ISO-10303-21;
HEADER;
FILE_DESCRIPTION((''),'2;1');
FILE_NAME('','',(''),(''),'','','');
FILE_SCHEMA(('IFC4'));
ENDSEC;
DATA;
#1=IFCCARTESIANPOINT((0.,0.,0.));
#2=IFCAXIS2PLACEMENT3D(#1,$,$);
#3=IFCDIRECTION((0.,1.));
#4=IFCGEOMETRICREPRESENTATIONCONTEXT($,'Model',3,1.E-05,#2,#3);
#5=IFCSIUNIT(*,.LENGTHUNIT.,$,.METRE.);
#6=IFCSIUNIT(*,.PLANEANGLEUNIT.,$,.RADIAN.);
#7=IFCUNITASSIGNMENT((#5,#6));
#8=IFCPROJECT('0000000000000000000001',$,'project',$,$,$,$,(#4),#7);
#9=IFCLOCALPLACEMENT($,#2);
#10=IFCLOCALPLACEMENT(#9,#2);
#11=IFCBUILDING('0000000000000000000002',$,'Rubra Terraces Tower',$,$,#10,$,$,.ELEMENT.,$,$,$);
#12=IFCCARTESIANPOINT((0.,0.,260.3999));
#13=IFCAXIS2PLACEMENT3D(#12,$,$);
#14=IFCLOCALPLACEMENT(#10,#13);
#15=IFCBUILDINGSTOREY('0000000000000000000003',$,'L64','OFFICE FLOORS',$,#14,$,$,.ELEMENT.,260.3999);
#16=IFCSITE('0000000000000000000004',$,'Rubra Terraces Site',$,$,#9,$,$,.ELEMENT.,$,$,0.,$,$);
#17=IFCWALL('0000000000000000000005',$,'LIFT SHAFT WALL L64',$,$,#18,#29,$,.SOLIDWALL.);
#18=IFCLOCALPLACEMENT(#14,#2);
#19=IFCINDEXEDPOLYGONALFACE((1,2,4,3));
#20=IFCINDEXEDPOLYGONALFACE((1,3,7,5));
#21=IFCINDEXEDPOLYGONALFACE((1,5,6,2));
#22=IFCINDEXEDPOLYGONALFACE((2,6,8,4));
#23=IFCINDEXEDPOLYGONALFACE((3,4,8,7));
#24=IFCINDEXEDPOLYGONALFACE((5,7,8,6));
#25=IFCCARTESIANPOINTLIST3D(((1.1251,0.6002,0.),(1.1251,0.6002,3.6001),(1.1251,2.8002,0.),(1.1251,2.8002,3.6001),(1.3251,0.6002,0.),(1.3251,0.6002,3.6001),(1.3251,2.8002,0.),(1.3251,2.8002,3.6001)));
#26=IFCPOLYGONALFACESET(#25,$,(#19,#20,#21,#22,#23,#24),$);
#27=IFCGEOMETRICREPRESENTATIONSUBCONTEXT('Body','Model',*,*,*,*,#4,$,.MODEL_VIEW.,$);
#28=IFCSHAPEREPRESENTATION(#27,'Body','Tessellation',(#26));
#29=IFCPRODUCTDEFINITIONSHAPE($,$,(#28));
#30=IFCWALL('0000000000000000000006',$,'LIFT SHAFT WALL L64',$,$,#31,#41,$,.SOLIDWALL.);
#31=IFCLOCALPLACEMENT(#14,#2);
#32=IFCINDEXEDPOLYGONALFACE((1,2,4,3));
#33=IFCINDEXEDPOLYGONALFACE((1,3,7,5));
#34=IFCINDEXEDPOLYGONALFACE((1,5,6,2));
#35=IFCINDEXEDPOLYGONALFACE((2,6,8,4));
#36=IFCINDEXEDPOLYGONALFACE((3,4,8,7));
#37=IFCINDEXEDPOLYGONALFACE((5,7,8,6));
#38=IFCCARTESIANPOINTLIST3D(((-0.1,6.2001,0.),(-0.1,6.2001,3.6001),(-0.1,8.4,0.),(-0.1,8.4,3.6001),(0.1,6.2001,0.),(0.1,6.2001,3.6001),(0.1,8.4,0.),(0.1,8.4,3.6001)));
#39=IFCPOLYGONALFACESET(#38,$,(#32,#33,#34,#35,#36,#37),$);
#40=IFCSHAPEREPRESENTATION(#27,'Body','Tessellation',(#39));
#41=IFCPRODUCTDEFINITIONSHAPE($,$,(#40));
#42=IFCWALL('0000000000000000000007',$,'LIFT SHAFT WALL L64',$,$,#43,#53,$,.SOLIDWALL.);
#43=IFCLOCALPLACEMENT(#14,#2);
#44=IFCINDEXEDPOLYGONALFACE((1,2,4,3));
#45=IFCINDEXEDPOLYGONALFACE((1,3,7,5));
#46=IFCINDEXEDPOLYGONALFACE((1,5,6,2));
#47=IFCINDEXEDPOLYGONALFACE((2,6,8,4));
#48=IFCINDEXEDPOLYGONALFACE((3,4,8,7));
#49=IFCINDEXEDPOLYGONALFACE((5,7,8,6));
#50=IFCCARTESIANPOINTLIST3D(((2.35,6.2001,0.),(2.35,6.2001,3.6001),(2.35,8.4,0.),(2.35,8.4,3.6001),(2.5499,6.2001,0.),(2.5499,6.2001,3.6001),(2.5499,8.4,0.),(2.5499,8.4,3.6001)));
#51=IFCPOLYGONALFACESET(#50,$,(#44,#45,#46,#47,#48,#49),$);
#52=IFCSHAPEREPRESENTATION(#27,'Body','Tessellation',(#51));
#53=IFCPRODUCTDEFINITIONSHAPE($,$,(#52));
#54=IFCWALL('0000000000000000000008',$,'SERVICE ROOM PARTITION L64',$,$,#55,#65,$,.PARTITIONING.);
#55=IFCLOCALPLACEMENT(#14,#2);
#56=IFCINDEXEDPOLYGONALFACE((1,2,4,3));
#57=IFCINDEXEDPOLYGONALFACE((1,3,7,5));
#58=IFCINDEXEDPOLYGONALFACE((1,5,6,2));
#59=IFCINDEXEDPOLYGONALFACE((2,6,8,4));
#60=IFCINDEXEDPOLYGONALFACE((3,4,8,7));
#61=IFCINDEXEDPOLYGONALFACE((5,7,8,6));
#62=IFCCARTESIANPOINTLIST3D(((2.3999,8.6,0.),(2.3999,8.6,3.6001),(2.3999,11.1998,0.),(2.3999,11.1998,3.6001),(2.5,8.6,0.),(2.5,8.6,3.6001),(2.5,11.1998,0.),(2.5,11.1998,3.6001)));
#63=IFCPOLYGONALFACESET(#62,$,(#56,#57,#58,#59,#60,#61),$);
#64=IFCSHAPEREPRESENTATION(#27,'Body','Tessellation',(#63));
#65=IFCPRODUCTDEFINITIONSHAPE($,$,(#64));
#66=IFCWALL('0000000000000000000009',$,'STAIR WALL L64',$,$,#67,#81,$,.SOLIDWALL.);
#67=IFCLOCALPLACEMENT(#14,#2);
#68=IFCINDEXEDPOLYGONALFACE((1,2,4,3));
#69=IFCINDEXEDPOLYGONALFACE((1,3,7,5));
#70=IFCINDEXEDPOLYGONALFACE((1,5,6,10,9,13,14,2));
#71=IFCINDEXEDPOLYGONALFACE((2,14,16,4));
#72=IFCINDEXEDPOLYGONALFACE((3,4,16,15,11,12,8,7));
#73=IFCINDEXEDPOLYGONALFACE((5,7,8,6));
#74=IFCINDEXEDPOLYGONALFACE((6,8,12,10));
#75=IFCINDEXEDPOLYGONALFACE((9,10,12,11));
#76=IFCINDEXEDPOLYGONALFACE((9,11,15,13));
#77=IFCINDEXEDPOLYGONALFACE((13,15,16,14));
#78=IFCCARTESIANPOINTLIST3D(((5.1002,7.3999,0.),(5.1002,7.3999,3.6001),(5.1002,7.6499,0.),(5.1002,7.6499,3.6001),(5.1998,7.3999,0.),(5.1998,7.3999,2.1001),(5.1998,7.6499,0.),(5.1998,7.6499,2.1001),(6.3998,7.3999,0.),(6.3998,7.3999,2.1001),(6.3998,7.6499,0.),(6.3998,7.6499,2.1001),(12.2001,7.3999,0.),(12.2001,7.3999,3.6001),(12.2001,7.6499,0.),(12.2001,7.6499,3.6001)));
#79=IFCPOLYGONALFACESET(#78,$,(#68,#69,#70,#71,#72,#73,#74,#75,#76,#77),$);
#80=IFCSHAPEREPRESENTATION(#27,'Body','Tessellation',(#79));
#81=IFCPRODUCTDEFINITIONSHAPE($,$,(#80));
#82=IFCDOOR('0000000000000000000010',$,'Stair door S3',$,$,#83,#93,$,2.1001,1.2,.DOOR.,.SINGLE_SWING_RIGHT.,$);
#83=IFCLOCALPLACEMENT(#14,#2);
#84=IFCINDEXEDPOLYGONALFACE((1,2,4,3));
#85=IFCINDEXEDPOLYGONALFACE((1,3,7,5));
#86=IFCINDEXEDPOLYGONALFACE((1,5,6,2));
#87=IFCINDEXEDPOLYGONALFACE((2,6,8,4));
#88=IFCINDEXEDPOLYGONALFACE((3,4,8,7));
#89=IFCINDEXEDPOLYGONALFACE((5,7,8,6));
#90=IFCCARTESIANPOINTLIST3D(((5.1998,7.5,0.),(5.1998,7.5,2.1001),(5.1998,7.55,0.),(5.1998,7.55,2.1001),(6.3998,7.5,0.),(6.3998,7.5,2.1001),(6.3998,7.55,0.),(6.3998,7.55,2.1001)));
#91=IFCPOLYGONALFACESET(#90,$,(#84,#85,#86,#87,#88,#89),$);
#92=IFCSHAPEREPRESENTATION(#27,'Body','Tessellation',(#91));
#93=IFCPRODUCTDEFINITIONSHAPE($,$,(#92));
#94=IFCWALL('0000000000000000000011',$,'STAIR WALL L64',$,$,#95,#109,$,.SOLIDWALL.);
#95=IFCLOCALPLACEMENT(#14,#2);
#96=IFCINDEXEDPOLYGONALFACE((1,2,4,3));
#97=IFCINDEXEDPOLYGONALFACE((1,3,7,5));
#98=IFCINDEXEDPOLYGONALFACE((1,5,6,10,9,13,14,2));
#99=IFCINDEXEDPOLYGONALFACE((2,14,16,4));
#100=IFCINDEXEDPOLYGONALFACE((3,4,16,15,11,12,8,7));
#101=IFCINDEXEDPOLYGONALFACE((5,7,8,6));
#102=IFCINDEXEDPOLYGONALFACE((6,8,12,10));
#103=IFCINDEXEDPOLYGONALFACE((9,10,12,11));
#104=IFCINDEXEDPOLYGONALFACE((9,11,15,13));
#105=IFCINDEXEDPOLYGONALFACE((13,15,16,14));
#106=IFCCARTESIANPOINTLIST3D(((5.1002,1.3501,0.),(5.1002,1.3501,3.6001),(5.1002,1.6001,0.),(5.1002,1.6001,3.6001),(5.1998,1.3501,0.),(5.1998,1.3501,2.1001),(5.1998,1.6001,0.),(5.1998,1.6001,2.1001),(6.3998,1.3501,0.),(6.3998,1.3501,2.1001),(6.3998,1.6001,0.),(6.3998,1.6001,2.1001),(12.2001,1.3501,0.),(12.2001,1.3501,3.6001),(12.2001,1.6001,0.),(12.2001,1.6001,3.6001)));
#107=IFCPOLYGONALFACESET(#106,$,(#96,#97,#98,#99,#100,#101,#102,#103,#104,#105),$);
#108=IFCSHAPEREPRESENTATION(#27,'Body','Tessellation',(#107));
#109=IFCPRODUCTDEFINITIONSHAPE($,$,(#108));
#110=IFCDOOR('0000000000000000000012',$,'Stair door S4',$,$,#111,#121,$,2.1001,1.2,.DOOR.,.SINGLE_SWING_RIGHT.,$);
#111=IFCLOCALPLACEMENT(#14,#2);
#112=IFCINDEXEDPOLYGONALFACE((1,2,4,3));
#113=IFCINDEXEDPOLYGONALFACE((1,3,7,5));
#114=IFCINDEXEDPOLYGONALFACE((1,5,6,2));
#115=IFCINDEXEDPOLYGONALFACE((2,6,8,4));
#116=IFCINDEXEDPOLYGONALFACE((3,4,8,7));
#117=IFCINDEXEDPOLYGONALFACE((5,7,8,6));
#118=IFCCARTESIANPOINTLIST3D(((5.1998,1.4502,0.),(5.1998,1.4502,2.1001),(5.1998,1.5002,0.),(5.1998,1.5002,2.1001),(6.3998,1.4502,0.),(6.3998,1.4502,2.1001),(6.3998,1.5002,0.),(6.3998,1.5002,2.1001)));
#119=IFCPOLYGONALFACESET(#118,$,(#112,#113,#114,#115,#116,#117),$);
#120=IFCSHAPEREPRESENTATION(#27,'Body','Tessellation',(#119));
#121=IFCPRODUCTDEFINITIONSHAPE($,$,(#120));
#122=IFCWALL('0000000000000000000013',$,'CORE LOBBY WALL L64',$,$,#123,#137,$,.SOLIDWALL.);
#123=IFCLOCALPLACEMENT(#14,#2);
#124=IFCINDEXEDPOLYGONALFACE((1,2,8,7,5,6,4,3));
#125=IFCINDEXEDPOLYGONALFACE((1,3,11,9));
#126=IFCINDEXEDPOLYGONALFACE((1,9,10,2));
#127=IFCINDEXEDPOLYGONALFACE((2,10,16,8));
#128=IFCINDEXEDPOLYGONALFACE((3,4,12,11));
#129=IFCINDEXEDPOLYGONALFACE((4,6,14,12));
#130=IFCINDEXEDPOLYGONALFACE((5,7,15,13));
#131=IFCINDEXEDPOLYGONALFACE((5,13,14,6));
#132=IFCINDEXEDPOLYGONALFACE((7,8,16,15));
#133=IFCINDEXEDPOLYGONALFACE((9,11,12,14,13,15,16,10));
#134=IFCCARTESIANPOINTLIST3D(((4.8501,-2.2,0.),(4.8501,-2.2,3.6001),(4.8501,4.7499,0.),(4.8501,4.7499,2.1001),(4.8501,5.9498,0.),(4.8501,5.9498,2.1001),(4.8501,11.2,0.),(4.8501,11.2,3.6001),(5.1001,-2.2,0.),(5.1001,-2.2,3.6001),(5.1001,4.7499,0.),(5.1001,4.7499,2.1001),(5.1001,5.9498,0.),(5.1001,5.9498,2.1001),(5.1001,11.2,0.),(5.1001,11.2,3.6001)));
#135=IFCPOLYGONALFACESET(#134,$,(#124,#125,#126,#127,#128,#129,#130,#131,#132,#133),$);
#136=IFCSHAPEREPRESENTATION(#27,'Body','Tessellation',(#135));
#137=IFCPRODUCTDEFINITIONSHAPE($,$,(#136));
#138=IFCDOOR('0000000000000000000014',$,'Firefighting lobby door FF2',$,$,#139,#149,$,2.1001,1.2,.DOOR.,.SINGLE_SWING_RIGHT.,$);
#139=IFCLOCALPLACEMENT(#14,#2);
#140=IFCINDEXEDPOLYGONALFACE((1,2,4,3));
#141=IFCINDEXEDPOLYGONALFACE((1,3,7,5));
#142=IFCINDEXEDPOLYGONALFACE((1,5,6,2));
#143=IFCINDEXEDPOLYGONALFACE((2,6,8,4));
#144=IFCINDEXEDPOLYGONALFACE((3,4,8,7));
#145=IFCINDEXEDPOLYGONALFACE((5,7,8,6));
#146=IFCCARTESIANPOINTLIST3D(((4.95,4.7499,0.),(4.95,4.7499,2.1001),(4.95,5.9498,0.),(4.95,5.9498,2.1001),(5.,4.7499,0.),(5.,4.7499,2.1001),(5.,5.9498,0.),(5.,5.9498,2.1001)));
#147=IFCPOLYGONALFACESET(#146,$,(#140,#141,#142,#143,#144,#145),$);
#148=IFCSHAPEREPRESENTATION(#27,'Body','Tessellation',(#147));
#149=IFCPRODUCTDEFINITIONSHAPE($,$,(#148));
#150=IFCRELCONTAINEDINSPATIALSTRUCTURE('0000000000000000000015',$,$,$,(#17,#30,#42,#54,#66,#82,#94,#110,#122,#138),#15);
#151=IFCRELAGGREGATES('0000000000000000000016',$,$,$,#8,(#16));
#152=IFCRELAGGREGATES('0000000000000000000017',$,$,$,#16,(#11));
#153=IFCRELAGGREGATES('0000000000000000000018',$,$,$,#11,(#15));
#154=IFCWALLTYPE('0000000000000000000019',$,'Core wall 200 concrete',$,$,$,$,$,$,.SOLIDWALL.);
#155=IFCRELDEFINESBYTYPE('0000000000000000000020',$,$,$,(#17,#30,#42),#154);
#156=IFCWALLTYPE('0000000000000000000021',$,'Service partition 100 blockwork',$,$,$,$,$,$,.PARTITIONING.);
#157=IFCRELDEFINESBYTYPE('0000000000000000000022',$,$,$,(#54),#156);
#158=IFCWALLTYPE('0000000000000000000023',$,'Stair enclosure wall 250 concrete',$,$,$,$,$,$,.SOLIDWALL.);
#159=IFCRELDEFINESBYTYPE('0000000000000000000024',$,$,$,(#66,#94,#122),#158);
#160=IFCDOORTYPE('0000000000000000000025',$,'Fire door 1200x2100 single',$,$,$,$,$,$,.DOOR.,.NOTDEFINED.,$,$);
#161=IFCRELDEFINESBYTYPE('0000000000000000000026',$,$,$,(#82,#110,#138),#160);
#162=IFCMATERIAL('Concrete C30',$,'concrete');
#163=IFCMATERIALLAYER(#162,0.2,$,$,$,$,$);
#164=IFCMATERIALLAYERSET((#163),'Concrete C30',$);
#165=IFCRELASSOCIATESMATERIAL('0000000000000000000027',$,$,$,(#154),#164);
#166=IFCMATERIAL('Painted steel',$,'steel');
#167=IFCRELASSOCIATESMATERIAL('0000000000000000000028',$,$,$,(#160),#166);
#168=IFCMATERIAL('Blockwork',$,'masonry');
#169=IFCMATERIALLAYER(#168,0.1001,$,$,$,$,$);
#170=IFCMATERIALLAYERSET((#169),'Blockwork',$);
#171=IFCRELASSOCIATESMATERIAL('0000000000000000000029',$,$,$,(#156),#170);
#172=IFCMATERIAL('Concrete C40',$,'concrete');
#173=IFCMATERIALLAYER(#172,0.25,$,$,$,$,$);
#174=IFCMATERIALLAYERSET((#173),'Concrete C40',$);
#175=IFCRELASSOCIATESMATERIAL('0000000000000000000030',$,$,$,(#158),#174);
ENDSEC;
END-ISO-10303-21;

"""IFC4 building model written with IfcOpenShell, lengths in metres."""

from ifc_helpers import new_model, si_unit, direction, frame, frame_2d, origin, place, context, subcontext, project, spatial, rectangle, extrude, material, layer, layer_set, type_object, element, fill, save


model = new_model("IFC4")

# Units and contexts
model_context = context("Model", 3, precision=1e-05, world=origin(), true_north=direction((0.0, 1.0)))
body_context = subcontext(model_context, "Body", "Model", "MODEL_VIEW")
ifc_project = project(units=[si_unit("LENGTHUNIT", "METRE"), si_unit("PLANEANGLEUNIT", "RADIAN")], contexts=[model_context])

# Site, building, storey
site_placement = place(None, origin())
site = spatial("IfcSite", under=ifc_project, at=site_placement, Name="Rubra Terraces Site", CompositionType="ELEMENT", RefElevation=0.0)
building_placement = place(site_placement, origin())
building = spatial("IfcBuilding", under=site, at=building_placement, Name="Rubra Terraces Tower", CompositionType="ELEMENT")
storey_placement = place(building_placement, frame((0.0, 0.0, 260.3999)))
storey = spatial("IfcBuildingStorey", under=building, at=storey_placement, Name="L64", Description="OFFICE FLOORS", CompositionType="ELEMENT", Elevation=260.3999)

# Shared definitions
ifc_material_1 = material(Name="Concrete C40", Category="concrete")

# Shared definitions
ifc_material_2 = material(Name="Concrete C30", Category="concrete")
ifc_layer_1 = layer(ifc_material_2, 0.2)
ifc_layer_set_1 = layer_set([ifc_layer_1], Name="Concrete C30")
wall_type_1 = type_object("IfcWallType", Name="Core wall 200 concrete", PredefinedType="SOLIDWALL", material=ifc_layer_set_1)
ifc_material_3 = material(Name="Painted steel", Category="steel")
door_type_1 = type_object("IfcDoorType", Name="Fire door 1200x2100 single", OperationType="NOTDEFINED", PredefinedType="DOOR", material=ifc_material_3)

# Walls
for number, where, z_axis, x_axis, name in (
    (1, (1.2251, 0.6001, 0.0), (0.0, 0.0, 1.0), (0.0, 1.0, 0.0), "LIFT SHAFT WALL L64"),
    (2, (0.0, 6.2, 0.0), (0.0, 0.0, 1.0), (0.0, 1.0, 0.0), "LIFT SHAFT WALL L64"),
    (3, (2.45, 6.2, 0.0), (0.0, 0.0, 1.0), (0.0, 1.0, 0.0), "LIFT SHAFT WALL L64"),
):
    element("IfcWall", number, at=place(storey_placement, frame(where, z_axis=z_axis, x_axis=x_axis)), inside=storey, type_object=wall_type_1, Name=name, PredefinedType="SOLIDWALL", context=body_context, shape_type="SweptSolid", body=[
        extrude(rectangle(XDim=2.2, YDim=0.2, at=frame_2d((1.1001, 0.0))), origin(), (0.0, 0.0, 1.0), 3.6001),
    ])
ifc_material_4 = material(Name="Blockwork", Category="masonry")
ifc_layer_2 = layer(ifc_material_4, 0.1001)
ifc_layer_set_2 = layer_set([ifc_layer_2], Name="Blockwork")
wall_type_2 = type_object("IfcWallType", Name="Service partition 100 blockwork", PredefinedType="PARTITIONING", material=ifc_layer_set_2)
wall_1_placement = place(storey_placement, frame((2.45, 8.6001, 0.0), z_axis=(0.0, 0.0, 1.0), x_axis=(0.0, 1.0, 0.0)))
element("IfcWall", 4, at=wall_1_placement, inside=storey, type_object=wall_type_2, Name="SERVICE ROOM PARTITION L64", PredefinedType="PARTITIONING", context=body_context, shape_type="SweptSolid", body=[
    extrude(rectangle(XDim=2.5999, YDim=0.1001, at=frame_2d((1.2998, 0.0))), origin(), (0.0, 0.0, 1.0), 3.6001),
])

# Walls, openings, doors
ifc_layer_3 = layer(ifc_material_1, 0.25)
ifc_layer_set_3 = layer_set([ifc_layer_3], Name="Concrete C40")
wall_type_3 = type_object("IfcWallType", Name="Stair enclosure wall 250 concrete", PredefinedType="SOLIDWALL", material=ifc_layer_set_3)
wall_2_placement = place(storey_placement, frame((12.2, 7.5249, 0.0), z_axis=(0.0, 0.0, 1.0), x_axis=(-1.0, 0.0, 0.0)))
wall_2 = element("IfcWall", 5, at=wall_2_placement, inside=storey, type_object=wall_type_3, Name="STAIR WALL L64", PredefinedType="SOLIDWALL", context=body_context, shape_type="SweptSolid", body=[
    extrude(rectangle(XDim=7.0999, YDim=0.25, at=frame_2d((3.5498, 0.0))), origin(), (0.0, 0.0, 1.0), 3.6001),
])
opening_1_placement = place(wall_2_placement, frame((5.8, 0.0, 0.0)))
opening_1 = element("IfcOpeningElement", 6, at=opening_1_placement, cuts=wall_2, PredefinedType="OPENING", context=body_context, shape_type="SweptSolid", body=[
    extrude(rectangle(XDim=1.2, YDim=2.1001, at=frame_2d((0.6001, 1.05))), frame((0.0, 0.135, 0.0), z_axis=(0.0, -1.0, 0.0), x_axis=(1.0, 0.0, 0.0)), (0.0, 0.0, 1.0), 0.27),
])
door_1_placement = place(opening_1_placement, origin())
door_1 = element("IfcDoor", 7, at=door_1_placement, inside=storey, type_object=door_type_1, Name="Stair door S3", OperationType="SINGLE_SWING_RIGHT", OverallHeight=2.1001, OverallWidth=1.2, PredefinedType="DOOR", context=body_context, shape_type="SweptSolid", body=[
    extrude(rectangle(XDim=1.2, YDim=2.1001, at=frame_2d((0.6001, 1.05))), frame((0.0, 0.0249, 0.0), z_axis=(0.0, -1.0, 0.0), x_axis=(1.0, 0.0, 0.0)), (0.0, 0.0, 1.0), 0.05),
])
fill(opening_1, door_1)
wall_3_placement = place(storey_placement, frame((12.2, 1.4751, 0.0), z_axis=(0.0, 0.0, 1.0), x_axis=(-1.0, 0.0, 0.0)))
wall_3 = element("IfcWall", 8, at=wall_3_placement, inside=storey, type_object=wall_type_3, Name="STAIR WALL L64", PredefinedType="SOLIDWALL", context=body_context, shape_type="SweptSolid", body=[
    extrude(rectangle(XDim=7.0999, YDim=0.25, at=frame_2d((3.5498, 0.0))), origin(), (0.0, 0.0, 1.0), 3.6001),
])
opening_2_placement = place(wall_3_placement, frame((5.8, 0.0, 0.0)))
opening_2 = element("IfcOpeningElement", 9, at=opening_2_placement, cuts=wall_3, PredefinedType="OPENING", context=body_context, shape_type="SweptSolid", body=[
    extrude(rectangle(XDim=1.2, YDim=2.1001, at=frame_2d((0.6001, 1.05))), frame((0.0, 0.135, 0.0), z_axis=(0.0, -1.0, 0.0), x_axis=(1.0, 0.0, 0.0)), (0.0, 0.0, 1.0), 0.27),
])
door_2_placement = place(opening_2_placement, origin())
door_2 = element("IfcDoor", 10, at=door_2_placement, inside=storey, type_object=door_type_1, Name="Stair door S4", OperationType="SINGLE_SWING_RIGHT", OverallHeight=2.1001, OverallWidth=1.2, PredefinedType="DOOR", context=body_context, shape_type="SweptSolid", body=[
    extrude(rectangle(XDim=1.2, YDim=2.1001, at=frame_2d((0.6001, 1.05))), frame((0.0, 0.0249, 0.0), z_axis=(0.0, -1.0, 0.0), x_axis=(1.0, 0.0, 0.0)), (0.0, 0.0, 1.0), 0.05),
])
fill(opening_2, door_2)
wall_4_placement = place(storey_placement, frame((4.9751, 11.2, 0.0), z_axis=(0.0, 0.0, 1.0), x_axis=(0.0, -1.0, 0.0)))
wall_4 = element("IfcWall", 11, at=wall_4_placement, inside=storey, type_object=wall_type_3, Name="CORE LOBBY WALL L64", PredefinedType="SOLIDWALL", context=body_context, shape_type="SweptSolid", body=[
    extrude(rectangle(XDim=13.3999, YDim=0.25, at=frame_2d((6.7, 0.0))), origin(), (0.0, 0.0, 1.0), 3.6001),
])
opening_3_placement = place(wall_4_placement, frame((5.25, 0.0, 0.0)))
opening_3 = element("IfcOpeningElement", 12, at=opening_3_placement, cuts=wall_4, PredefinedType="OPENING", context=body_context, shape_type="SweptSolid", body=[
    extrude(rectangle(XDim=1.2, YDim=2.1001, at=frame_2d((0.6001, 1.05))), frame((0.0, 0.135, 0.0), z_axis=(0.0, -1.0, 0.0), x_axis=(1.0, 0.0, 0.0)), (0.0, 0.0, 1.0), 0.27),
])
door_3_placement = place(opening_3_placement, origin())
door_3 = element("IfcDoor", 13, at=door_3_placement, inside=storey, type_object=door_type_1, Name="Firefighting lobby door FF2", OperationType="SINGLE_SWING_RIGHT", OverallHeight=2.1001, OverallWidth=1.2, PredefinedType="DOOR", context=body_context, shape_type="SweptSolid", body=[
    extrude(rectangle(XDim=1.2, YDim=2.1001, at=frame_2d((0.6001, 1.05))), frame((0.0, 0.0249, 0.0), z_axis=(0.0, -1.0, 0.0), x_axis=(1.0, 0.0, 0.0)), (0.0, 0.0, 1.0), 0.05),
])
fill(opening_3, door_3)

save(model, "model.ifc")
